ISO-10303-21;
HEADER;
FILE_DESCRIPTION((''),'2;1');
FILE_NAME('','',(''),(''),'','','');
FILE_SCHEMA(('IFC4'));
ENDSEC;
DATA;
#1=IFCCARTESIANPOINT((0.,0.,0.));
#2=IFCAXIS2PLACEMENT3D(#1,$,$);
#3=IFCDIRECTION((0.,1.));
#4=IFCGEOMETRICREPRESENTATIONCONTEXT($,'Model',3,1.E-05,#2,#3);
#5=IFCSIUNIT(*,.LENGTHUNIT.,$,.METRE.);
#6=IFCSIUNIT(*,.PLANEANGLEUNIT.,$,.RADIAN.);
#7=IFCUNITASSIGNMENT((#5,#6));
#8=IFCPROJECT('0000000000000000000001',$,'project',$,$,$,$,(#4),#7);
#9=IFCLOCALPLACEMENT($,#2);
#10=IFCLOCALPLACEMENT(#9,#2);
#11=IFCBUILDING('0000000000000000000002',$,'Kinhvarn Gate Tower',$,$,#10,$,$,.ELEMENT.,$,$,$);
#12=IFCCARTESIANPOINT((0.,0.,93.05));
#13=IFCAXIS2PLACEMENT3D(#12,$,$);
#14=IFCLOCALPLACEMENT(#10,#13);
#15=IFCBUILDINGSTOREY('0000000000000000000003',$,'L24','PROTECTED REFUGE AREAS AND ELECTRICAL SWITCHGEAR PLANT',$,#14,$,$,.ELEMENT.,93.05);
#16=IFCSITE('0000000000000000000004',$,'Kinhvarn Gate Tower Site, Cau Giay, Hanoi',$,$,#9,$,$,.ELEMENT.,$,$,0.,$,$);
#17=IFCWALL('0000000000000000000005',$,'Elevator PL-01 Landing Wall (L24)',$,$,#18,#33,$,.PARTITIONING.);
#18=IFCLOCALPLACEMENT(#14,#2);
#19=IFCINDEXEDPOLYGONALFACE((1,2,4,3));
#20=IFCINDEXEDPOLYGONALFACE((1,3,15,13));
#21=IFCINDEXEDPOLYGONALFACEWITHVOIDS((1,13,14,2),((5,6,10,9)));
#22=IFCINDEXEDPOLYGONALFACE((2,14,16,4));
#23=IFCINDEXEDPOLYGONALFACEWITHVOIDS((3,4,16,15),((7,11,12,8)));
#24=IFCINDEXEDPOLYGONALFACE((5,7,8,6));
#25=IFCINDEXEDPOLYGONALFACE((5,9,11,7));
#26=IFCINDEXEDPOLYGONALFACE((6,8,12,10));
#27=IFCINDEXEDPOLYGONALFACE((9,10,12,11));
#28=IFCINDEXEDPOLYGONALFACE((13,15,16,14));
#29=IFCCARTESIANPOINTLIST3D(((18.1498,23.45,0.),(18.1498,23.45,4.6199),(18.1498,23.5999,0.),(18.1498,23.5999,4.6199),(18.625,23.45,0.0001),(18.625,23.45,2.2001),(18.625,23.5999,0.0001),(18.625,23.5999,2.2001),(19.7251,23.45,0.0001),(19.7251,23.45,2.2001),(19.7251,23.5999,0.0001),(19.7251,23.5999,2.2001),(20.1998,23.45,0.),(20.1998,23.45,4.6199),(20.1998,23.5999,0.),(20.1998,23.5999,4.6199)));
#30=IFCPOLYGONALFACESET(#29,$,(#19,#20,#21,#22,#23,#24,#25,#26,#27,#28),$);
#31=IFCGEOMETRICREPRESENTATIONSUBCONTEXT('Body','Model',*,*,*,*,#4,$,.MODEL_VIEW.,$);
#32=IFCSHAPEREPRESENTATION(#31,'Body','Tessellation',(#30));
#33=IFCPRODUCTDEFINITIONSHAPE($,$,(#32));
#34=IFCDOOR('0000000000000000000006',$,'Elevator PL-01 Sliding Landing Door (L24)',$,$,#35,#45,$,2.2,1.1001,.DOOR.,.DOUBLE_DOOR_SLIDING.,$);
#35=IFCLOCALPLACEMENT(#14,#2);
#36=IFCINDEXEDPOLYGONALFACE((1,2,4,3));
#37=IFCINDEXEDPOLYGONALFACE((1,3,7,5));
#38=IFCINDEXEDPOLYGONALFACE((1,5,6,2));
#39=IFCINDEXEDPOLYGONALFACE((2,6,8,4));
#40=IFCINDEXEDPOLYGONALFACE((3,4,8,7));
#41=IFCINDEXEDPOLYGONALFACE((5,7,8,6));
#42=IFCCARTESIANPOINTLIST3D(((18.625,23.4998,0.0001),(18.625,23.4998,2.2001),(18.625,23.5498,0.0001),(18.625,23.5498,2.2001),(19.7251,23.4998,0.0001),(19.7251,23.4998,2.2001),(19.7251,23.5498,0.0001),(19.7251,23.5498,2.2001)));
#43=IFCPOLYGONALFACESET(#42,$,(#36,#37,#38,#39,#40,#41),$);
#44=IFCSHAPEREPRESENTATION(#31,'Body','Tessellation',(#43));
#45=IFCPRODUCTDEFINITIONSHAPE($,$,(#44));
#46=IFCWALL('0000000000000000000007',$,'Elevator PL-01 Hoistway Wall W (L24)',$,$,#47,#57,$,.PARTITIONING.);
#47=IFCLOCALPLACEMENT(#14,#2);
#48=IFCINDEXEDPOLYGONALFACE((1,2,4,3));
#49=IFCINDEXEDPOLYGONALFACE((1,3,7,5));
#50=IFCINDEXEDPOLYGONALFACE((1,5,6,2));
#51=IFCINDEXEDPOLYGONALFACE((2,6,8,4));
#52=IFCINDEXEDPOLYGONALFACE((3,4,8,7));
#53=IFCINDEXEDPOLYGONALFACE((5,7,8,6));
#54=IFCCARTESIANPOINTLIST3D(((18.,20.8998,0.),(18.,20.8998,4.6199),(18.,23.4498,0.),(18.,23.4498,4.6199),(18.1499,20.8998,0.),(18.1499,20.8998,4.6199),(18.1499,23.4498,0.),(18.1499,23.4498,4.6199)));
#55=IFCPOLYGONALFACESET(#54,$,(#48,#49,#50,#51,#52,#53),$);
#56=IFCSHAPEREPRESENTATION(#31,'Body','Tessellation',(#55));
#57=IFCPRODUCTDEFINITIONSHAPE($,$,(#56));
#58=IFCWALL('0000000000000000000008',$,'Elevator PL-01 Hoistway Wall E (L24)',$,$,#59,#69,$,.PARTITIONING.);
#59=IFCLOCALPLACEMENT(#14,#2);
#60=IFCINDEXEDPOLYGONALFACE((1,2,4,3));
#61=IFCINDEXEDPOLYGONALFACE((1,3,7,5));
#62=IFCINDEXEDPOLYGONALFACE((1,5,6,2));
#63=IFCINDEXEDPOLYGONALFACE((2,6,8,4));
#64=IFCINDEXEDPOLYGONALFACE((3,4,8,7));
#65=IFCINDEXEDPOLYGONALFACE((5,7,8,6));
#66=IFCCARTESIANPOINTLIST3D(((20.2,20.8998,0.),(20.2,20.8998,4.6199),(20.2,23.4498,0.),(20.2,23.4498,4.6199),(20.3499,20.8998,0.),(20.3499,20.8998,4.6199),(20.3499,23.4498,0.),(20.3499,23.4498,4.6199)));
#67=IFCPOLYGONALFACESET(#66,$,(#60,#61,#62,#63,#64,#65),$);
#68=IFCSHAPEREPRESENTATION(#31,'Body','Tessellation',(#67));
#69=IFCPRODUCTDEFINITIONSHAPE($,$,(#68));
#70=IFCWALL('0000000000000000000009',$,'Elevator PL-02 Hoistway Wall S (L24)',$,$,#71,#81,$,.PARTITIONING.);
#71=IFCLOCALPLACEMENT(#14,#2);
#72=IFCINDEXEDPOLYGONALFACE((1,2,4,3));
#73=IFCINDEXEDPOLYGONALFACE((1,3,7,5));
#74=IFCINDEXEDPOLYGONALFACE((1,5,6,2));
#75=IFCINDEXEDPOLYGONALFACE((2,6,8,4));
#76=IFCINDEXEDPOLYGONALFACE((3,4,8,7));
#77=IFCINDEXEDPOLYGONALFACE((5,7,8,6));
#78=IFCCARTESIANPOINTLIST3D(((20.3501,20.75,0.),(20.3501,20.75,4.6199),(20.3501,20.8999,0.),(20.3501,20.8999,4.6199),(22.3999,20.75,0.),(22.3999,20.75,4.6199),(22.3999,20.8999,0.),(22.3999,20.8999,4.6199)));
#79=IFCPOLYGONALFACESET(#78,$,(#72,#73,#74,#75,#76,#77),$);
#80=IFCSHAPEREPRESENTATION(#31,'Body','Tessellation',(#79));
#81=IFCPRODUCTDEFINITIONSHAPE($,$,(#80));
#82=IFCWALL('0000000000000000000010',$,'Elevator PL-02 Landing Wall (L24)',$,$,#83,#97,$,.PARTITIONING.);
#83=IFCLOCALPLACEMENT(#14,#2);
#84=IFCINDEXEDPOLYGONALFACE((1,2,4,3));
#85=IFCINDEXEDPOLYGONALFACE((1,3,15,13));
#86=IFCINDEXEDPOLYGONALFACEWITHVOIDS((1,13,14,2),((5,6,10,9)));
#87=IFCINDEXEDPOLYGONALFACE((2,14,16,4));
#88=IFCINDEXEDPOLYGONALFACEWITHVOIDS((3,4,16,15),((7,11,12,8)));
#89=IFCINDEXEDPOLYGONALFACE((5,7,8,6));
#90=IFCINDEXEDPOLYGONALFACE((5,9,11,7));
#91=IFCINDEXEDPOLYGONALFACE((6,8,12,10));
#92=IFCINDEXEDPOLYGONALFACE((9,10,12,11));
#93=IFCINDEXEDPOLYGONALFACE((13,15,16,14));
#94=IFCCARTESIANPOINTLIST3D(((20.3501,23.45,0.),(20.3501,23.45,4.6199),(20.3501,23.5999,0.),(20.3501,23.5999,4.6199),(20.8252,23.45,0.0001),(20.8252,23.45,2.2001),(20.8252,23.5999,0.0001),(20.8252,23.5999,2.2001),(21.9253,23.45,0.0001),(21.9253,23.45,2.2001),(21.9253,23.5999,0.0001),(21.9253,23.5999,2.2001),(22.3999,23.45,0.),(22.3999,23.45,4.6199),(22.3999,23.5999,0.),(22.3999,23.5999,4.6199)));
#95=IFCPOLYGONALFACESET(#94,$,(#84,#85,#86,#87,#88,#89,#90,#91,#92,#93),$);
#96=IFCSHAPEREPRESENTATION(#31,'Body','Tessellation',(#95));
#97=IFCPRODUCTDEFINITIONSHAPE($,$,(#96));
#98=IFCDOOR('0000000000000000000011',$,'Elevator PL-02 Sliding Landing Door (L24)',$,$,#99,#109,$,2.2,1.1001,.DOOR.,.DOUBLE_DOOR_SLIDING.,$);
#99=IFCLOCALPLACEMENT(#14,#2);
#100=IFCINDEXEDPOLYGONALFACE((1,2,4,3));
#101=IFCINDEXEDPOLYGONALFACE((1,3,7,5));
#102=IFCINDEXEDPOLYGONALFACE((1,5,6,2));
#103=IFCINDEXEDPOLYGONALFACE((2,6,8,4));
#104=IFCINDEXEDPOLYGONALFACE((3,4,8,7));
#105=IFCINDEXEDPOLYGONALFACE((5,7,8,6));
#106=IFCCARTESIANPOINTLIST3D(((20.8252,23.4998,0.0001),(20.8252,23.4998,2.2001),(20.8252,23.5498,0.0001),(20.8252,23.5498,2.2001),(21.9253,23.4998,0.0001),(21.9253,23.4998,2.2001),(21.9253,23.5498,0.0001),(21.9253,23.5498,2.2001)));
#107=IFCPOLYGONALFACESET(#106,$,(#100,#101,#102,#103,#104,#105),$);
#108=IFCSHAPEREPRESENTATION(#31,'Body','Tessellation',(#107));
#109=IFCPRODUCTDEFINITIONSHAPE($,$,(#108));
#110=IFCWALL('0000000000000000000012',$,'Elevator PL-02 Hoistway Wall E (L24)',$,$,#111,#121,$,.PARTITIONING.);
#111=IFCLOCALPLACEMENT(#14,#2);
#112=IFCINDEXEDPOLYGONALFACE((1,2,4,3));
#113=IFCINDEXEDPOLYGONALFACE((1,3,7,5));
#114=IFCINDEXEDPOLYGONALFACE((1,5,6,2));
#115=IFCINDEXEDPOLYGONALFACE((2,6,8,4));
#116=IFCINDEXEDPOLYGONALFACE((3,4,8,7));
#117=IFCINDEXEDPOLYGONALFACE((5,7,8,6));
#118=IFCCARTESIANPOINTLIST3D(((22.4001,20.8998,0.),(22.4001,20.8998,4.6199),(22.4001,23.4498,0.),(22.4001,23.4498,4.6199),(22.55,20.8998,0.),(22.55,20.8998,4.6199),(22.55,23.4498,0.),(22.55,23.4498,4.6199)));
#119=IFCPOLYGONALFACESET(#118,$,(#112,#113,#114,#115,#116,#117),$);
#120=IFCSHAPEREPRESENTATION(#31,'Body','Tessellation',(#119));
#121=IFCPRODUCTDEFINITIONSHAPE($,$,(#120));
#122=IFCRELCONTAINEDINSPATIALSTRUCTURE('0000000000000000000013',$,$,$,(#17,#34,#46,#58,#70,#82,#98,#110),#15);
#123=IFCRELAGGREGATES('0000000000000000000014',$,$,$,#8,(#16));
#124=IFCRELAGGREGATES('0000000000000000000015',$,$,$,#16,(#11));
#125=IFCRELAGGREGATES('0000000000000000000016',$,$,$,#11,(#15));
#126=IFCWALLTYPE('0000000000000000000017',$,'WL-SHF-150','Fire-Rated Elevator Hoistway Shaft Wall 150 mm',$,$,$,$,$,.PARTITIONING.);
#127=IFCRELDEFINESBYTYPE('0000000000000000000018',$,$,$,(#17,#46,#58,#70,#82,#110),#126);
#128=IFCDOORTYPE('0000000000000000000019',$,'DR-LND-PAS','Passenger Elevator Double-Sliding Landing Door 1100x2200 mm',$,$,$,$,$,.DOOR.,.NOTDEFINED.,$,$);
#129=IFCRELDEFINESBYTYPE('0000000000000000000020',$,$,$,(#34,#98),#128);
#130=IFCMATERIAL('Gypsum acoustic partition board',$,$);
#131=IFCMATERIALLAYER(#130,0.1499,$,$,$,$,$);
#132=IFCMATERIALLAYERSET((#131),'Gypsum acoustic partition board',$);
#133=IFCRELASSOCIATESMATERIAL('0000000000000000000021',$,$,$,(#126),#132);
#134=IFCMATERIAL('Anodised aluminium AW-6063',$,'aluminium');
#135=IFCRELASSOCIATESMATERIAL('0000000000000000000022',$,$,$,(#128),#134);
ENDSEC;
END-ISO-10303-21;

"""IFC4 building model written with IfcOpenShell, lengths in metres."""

from ifc_helpers import new_model, si_unit, direction, frame, frame_2d, origin, place, context, subcontext, project, spatial, rectangle, extrude, material, layer, layer_set, type_object, element, fill, save


model = new_model("IFC4")

# Units and contexts
model_context = context("Model", 3, precision=1e-05, world=origin(), true_north=direction((0.0, 1.0)))
body_context = subcontext(model_context, "Body", "Model", "MODEL_VIEW")
ifc_project = project(units=[si_unit("LENGTHUNIT", "METRE"), si_unit("PLANEANGLEUNIT", "RADIAN")], contexts=[model_context])

# Site, building, storey
site_placement = place(None, origin())
site = spatial("IfcSite", under=ifc_project, at=site_placement, Name="Kinhvarn Gate Tower Site, Cau Giay, Hanoi", CompositionType="ELEMENT", RefElevation=0.0)
building_placement = place(site_placement, origin())
building = spatial("IfcBuilding", under=site, at=building_placement, Name="Kinhvarn Gate Tower", CompositionType="ELEMENT")
storey_placement = place(building_placement, frame((0.0, 0.0, 93.05)))
storey = spatial("IfcBuildingStorey", under=building, at=storey_placement, Name="L24", Description="PROTECTED REFUGE AREAS AND ELECTRICAL SWITCHGEAR PLANT", CompositionType="ELEMENT", Elevation=93.05)

# Shared definitions
ifc_material_1 = material(Name="Gypsum acoustic partition board")
ifc_material_2 = material(Name="Anodised aluminium AW-6063", Category="aluminium")

# Shared definitions
ifc_layer_1 = layer(ifc_material_1, 0.1499)
ifc_layer_set_1 = layer_set([ifc_layer_1], Name="Gypsum acoustic partition board")
wall_type_1 = type_object("IfcWallType", Name="WL-SHF-150", Description="Fire-Rated Elevator Hoistway Shaft Wall 150 mm", PredefinedType="PARTITIONING", material=ifc_layer_set_1)

# Wall, opening, door
wall_1_placement = place(storey_placement, frame((18.1499, 23.5249, 0.0), z_axis=(0.0, 0.0, 1.0), x_axis=(1.0, 0.0, 0.0)))
wall_1 = element("IfcWall", 1, at=wall_1_placement, inside=storey, type_object=wall_type_1, Name="Elevator PL-01 Landing Wall (L24)", PredefinedType="PARTITIONING", context=body_context, shape_type="SweptSolid", body=[
    extrude(rectangle(XDim=2.05, YDim=0.1499, at=frame_2d((1.0249, 0.0))), origin(), (0.0, 0.0, 1.0), 4.6199),
])
opening_1_placement = place(wall_1_placement, frame((0.4751, 0.0, 0.0)))
opening_1 = element("IfcOpeningElement", 2, at=opening_1_placement, cuts=wall_1, PredefinedType="OPENING", context=body_context, shape_type="SweptSolid", body=[
    extrude(rectangle(XDim=1.1001, YDim=2.2, at=frame_2d((0.55, 1.1001))), frame((0.0, 0.085, 0.0), z_axis=(0.0, -1.0, 0.0), x_axis=(1.0, 0.0, 0.0)), (0.0, 0.0, 1.0), 0.1699),
])
door_type_1 = type_object("IfcDoorType", Name="DR-LND-PAS", Description="Passenger Elevator Double-Sliding Landing Door 1100x2200 mm", OperationType="NOTDEFINED", PredefinedType="DOOR", material=ifc_material_2)
door_1_placement = place(opening_1_placement, origin())
door_1 = element("IfcDoor", 3, at=door_1_placement, inside=storey, type_object=door_type_1, Name="Elevator PL-01 Sliding Landing Door (L24)", OperationType="DOUBLE_DOOR_SLIDING", OverallHeight=2.2, OverallWidth=1.1001, PredefinedType="DOOR", context=body_context, shape_type="SweptSolid", body=[
    extrude(rectangle(XDim=1.1001, YDim=2.2, at=frame_2d((0.55, 1.1001))), frame((0.0, 0.0249, 0.0), z_axis=(0.0, -1.0, 0.0), x_axis=(1.0, 0.0, 0.0)), (0.0, 0.0, 1.0), 0.05),
])
fill(opening_1, door_1)

# Walls
for number, where, z_axis, x_axis, name in (
    (4, (18.075, 20.8999, 0.0), (0.0, 0.0, 1.0), (0.0, 1.0, 0.0), "Elevator PL-01 Hoistway Wall W (L24)"),
    (5, (20.2749, 20.8999, 0.0), (0.0, 0.0, 1.0), (0.0, 1.0, 0.0), "Elevator PL-01 Hoistway Wall E (L24)"),
):
    element("IfcWall", number, at=place(storey_placement, frame(where, z_axis=z_axis, x_axis=x_axis)), inside=storey, type_object=wall_type_1, Name=name, PredefinedType="PARTITIONING", context=body_context, shape_type="SweptSolid", body=[
        extrude(rectangle(XDim=2.55, YDim=0.1499, at=frame_2d((1.2749, 0.0))), origin(), (0.0, 0.0, 1.0), 4.6199),
    ])
wall_2_placement = place(storey_placement, frame((20.3501, 20.825, 0.0), z_axis=(0.0, 0.0, 1.0), x_axis=(1.0, 0.0, 0.0)))
element("IfcWall", 6, at=wall_2_placement, inside=storey, type_object=wall_type_1, Name="Elevator PL-02 Hoistway Wall S (L24)", PredefinedType="PARTITIONING", context=body_context, shape_type="SweptSolid", body=[
    extrude(rectangle(XDim=2.0498, YDim=0.1499, at=frame_2d((1.0249, 0.0))), origin(), (0.0, 0.0, 1.0), 4.6199),
])

# Wall, opening, door
wall_3_placement = place(storey_placement, frame((20.3501, 23.5249, 0.0), z_axis=(0.0, 0.0, 1.0), x_axis=(1.0, 0.0, 0.0)))
wall_3 = element("IfcWall", 7, at=wall_3_placement, inside=storey, type_object=wall_type_1, Name="Elevator PL-02 Landing Wall (L24)", PredefinedType="PARTITIONING", context=body_context, shape_type="SweptSolid", body=[
    extrude(rectangle(XDim=2.0498, YDim=0.1499, at=frame_2d((1.0249, 0.0))), origin(), (0.0, 0.0, 1.0), 4.6199),
])
opening_2_placement = place(wall_3_placement, frame((0.4751, 0.0, 0.0)))
opening_2 = element("IfcOpeningElement", 8, at=opening_2_placement, cuts=wall_3, PredefinedType="OPENING", context=body_context, shape_type="SweptSolid", body=[
    extrude(rectangle(XDim=1.1001, YDim=2.2, at=frame_2d((0.55, 1.1001))), frame((0.0, 0.085, 0.0), z_axis=(0.0, -1.0, 0.0), x_axis=(1.0, 0.0, 0.0)), (0.0, 0.0, 1.0), 0.1699),
])
door_2_placement = place(opening_2_placement, origin())
door_2 = element("IfcDoor", 9, at=door_2_placement, inside=storey, type_object=door_type_1, Name="Elevator PL-02 Sliding Landing Door (L24)", OperationType="DOUBLE_DOOR_SLIDING", OverallHeight=2.2, OverallWidth=1.1001, PredefinedType="DOOR", context=body_context, shape_type="SweptSolid", body=[
    extrude(rectangle(XDim=1.1001, YDim=2.2, at=frame_2d((0.55, 1.1001))), frame((0.0, 0.0249, 0.0), z_axis=(0.0, -1.0, 0.0), x_axis=(1.0, 0.0, 0.0)), (0.0, 0.0, 1.0), 0.05),
])
fill(opening_2, door_2)

# Wall
wall_4_placement = place(storey_placement, frame((22.4751, 20.8999, 0.0), z_axis=(0.0, 0.0, 1.0), x_axis=(0.0, 1.0, 0.0)))
element("IfcWall", 10, at=wall_4_placement, inside=storey, type_object=wall_type_1, Name="Elevator PL-02 Hoistway Wall E (L24)", PredefinedType="PARTITIONING", context=body_context, shape_type="SweptSolid", body=[
    extrude(rectangle(XDim=2.55, YDim=0.1499, at=frame_2d((1.2749, 0.0))), origin(), (0.0, 0.0, 1.0), 4.6199),
])

save(model, "model.ifc")
